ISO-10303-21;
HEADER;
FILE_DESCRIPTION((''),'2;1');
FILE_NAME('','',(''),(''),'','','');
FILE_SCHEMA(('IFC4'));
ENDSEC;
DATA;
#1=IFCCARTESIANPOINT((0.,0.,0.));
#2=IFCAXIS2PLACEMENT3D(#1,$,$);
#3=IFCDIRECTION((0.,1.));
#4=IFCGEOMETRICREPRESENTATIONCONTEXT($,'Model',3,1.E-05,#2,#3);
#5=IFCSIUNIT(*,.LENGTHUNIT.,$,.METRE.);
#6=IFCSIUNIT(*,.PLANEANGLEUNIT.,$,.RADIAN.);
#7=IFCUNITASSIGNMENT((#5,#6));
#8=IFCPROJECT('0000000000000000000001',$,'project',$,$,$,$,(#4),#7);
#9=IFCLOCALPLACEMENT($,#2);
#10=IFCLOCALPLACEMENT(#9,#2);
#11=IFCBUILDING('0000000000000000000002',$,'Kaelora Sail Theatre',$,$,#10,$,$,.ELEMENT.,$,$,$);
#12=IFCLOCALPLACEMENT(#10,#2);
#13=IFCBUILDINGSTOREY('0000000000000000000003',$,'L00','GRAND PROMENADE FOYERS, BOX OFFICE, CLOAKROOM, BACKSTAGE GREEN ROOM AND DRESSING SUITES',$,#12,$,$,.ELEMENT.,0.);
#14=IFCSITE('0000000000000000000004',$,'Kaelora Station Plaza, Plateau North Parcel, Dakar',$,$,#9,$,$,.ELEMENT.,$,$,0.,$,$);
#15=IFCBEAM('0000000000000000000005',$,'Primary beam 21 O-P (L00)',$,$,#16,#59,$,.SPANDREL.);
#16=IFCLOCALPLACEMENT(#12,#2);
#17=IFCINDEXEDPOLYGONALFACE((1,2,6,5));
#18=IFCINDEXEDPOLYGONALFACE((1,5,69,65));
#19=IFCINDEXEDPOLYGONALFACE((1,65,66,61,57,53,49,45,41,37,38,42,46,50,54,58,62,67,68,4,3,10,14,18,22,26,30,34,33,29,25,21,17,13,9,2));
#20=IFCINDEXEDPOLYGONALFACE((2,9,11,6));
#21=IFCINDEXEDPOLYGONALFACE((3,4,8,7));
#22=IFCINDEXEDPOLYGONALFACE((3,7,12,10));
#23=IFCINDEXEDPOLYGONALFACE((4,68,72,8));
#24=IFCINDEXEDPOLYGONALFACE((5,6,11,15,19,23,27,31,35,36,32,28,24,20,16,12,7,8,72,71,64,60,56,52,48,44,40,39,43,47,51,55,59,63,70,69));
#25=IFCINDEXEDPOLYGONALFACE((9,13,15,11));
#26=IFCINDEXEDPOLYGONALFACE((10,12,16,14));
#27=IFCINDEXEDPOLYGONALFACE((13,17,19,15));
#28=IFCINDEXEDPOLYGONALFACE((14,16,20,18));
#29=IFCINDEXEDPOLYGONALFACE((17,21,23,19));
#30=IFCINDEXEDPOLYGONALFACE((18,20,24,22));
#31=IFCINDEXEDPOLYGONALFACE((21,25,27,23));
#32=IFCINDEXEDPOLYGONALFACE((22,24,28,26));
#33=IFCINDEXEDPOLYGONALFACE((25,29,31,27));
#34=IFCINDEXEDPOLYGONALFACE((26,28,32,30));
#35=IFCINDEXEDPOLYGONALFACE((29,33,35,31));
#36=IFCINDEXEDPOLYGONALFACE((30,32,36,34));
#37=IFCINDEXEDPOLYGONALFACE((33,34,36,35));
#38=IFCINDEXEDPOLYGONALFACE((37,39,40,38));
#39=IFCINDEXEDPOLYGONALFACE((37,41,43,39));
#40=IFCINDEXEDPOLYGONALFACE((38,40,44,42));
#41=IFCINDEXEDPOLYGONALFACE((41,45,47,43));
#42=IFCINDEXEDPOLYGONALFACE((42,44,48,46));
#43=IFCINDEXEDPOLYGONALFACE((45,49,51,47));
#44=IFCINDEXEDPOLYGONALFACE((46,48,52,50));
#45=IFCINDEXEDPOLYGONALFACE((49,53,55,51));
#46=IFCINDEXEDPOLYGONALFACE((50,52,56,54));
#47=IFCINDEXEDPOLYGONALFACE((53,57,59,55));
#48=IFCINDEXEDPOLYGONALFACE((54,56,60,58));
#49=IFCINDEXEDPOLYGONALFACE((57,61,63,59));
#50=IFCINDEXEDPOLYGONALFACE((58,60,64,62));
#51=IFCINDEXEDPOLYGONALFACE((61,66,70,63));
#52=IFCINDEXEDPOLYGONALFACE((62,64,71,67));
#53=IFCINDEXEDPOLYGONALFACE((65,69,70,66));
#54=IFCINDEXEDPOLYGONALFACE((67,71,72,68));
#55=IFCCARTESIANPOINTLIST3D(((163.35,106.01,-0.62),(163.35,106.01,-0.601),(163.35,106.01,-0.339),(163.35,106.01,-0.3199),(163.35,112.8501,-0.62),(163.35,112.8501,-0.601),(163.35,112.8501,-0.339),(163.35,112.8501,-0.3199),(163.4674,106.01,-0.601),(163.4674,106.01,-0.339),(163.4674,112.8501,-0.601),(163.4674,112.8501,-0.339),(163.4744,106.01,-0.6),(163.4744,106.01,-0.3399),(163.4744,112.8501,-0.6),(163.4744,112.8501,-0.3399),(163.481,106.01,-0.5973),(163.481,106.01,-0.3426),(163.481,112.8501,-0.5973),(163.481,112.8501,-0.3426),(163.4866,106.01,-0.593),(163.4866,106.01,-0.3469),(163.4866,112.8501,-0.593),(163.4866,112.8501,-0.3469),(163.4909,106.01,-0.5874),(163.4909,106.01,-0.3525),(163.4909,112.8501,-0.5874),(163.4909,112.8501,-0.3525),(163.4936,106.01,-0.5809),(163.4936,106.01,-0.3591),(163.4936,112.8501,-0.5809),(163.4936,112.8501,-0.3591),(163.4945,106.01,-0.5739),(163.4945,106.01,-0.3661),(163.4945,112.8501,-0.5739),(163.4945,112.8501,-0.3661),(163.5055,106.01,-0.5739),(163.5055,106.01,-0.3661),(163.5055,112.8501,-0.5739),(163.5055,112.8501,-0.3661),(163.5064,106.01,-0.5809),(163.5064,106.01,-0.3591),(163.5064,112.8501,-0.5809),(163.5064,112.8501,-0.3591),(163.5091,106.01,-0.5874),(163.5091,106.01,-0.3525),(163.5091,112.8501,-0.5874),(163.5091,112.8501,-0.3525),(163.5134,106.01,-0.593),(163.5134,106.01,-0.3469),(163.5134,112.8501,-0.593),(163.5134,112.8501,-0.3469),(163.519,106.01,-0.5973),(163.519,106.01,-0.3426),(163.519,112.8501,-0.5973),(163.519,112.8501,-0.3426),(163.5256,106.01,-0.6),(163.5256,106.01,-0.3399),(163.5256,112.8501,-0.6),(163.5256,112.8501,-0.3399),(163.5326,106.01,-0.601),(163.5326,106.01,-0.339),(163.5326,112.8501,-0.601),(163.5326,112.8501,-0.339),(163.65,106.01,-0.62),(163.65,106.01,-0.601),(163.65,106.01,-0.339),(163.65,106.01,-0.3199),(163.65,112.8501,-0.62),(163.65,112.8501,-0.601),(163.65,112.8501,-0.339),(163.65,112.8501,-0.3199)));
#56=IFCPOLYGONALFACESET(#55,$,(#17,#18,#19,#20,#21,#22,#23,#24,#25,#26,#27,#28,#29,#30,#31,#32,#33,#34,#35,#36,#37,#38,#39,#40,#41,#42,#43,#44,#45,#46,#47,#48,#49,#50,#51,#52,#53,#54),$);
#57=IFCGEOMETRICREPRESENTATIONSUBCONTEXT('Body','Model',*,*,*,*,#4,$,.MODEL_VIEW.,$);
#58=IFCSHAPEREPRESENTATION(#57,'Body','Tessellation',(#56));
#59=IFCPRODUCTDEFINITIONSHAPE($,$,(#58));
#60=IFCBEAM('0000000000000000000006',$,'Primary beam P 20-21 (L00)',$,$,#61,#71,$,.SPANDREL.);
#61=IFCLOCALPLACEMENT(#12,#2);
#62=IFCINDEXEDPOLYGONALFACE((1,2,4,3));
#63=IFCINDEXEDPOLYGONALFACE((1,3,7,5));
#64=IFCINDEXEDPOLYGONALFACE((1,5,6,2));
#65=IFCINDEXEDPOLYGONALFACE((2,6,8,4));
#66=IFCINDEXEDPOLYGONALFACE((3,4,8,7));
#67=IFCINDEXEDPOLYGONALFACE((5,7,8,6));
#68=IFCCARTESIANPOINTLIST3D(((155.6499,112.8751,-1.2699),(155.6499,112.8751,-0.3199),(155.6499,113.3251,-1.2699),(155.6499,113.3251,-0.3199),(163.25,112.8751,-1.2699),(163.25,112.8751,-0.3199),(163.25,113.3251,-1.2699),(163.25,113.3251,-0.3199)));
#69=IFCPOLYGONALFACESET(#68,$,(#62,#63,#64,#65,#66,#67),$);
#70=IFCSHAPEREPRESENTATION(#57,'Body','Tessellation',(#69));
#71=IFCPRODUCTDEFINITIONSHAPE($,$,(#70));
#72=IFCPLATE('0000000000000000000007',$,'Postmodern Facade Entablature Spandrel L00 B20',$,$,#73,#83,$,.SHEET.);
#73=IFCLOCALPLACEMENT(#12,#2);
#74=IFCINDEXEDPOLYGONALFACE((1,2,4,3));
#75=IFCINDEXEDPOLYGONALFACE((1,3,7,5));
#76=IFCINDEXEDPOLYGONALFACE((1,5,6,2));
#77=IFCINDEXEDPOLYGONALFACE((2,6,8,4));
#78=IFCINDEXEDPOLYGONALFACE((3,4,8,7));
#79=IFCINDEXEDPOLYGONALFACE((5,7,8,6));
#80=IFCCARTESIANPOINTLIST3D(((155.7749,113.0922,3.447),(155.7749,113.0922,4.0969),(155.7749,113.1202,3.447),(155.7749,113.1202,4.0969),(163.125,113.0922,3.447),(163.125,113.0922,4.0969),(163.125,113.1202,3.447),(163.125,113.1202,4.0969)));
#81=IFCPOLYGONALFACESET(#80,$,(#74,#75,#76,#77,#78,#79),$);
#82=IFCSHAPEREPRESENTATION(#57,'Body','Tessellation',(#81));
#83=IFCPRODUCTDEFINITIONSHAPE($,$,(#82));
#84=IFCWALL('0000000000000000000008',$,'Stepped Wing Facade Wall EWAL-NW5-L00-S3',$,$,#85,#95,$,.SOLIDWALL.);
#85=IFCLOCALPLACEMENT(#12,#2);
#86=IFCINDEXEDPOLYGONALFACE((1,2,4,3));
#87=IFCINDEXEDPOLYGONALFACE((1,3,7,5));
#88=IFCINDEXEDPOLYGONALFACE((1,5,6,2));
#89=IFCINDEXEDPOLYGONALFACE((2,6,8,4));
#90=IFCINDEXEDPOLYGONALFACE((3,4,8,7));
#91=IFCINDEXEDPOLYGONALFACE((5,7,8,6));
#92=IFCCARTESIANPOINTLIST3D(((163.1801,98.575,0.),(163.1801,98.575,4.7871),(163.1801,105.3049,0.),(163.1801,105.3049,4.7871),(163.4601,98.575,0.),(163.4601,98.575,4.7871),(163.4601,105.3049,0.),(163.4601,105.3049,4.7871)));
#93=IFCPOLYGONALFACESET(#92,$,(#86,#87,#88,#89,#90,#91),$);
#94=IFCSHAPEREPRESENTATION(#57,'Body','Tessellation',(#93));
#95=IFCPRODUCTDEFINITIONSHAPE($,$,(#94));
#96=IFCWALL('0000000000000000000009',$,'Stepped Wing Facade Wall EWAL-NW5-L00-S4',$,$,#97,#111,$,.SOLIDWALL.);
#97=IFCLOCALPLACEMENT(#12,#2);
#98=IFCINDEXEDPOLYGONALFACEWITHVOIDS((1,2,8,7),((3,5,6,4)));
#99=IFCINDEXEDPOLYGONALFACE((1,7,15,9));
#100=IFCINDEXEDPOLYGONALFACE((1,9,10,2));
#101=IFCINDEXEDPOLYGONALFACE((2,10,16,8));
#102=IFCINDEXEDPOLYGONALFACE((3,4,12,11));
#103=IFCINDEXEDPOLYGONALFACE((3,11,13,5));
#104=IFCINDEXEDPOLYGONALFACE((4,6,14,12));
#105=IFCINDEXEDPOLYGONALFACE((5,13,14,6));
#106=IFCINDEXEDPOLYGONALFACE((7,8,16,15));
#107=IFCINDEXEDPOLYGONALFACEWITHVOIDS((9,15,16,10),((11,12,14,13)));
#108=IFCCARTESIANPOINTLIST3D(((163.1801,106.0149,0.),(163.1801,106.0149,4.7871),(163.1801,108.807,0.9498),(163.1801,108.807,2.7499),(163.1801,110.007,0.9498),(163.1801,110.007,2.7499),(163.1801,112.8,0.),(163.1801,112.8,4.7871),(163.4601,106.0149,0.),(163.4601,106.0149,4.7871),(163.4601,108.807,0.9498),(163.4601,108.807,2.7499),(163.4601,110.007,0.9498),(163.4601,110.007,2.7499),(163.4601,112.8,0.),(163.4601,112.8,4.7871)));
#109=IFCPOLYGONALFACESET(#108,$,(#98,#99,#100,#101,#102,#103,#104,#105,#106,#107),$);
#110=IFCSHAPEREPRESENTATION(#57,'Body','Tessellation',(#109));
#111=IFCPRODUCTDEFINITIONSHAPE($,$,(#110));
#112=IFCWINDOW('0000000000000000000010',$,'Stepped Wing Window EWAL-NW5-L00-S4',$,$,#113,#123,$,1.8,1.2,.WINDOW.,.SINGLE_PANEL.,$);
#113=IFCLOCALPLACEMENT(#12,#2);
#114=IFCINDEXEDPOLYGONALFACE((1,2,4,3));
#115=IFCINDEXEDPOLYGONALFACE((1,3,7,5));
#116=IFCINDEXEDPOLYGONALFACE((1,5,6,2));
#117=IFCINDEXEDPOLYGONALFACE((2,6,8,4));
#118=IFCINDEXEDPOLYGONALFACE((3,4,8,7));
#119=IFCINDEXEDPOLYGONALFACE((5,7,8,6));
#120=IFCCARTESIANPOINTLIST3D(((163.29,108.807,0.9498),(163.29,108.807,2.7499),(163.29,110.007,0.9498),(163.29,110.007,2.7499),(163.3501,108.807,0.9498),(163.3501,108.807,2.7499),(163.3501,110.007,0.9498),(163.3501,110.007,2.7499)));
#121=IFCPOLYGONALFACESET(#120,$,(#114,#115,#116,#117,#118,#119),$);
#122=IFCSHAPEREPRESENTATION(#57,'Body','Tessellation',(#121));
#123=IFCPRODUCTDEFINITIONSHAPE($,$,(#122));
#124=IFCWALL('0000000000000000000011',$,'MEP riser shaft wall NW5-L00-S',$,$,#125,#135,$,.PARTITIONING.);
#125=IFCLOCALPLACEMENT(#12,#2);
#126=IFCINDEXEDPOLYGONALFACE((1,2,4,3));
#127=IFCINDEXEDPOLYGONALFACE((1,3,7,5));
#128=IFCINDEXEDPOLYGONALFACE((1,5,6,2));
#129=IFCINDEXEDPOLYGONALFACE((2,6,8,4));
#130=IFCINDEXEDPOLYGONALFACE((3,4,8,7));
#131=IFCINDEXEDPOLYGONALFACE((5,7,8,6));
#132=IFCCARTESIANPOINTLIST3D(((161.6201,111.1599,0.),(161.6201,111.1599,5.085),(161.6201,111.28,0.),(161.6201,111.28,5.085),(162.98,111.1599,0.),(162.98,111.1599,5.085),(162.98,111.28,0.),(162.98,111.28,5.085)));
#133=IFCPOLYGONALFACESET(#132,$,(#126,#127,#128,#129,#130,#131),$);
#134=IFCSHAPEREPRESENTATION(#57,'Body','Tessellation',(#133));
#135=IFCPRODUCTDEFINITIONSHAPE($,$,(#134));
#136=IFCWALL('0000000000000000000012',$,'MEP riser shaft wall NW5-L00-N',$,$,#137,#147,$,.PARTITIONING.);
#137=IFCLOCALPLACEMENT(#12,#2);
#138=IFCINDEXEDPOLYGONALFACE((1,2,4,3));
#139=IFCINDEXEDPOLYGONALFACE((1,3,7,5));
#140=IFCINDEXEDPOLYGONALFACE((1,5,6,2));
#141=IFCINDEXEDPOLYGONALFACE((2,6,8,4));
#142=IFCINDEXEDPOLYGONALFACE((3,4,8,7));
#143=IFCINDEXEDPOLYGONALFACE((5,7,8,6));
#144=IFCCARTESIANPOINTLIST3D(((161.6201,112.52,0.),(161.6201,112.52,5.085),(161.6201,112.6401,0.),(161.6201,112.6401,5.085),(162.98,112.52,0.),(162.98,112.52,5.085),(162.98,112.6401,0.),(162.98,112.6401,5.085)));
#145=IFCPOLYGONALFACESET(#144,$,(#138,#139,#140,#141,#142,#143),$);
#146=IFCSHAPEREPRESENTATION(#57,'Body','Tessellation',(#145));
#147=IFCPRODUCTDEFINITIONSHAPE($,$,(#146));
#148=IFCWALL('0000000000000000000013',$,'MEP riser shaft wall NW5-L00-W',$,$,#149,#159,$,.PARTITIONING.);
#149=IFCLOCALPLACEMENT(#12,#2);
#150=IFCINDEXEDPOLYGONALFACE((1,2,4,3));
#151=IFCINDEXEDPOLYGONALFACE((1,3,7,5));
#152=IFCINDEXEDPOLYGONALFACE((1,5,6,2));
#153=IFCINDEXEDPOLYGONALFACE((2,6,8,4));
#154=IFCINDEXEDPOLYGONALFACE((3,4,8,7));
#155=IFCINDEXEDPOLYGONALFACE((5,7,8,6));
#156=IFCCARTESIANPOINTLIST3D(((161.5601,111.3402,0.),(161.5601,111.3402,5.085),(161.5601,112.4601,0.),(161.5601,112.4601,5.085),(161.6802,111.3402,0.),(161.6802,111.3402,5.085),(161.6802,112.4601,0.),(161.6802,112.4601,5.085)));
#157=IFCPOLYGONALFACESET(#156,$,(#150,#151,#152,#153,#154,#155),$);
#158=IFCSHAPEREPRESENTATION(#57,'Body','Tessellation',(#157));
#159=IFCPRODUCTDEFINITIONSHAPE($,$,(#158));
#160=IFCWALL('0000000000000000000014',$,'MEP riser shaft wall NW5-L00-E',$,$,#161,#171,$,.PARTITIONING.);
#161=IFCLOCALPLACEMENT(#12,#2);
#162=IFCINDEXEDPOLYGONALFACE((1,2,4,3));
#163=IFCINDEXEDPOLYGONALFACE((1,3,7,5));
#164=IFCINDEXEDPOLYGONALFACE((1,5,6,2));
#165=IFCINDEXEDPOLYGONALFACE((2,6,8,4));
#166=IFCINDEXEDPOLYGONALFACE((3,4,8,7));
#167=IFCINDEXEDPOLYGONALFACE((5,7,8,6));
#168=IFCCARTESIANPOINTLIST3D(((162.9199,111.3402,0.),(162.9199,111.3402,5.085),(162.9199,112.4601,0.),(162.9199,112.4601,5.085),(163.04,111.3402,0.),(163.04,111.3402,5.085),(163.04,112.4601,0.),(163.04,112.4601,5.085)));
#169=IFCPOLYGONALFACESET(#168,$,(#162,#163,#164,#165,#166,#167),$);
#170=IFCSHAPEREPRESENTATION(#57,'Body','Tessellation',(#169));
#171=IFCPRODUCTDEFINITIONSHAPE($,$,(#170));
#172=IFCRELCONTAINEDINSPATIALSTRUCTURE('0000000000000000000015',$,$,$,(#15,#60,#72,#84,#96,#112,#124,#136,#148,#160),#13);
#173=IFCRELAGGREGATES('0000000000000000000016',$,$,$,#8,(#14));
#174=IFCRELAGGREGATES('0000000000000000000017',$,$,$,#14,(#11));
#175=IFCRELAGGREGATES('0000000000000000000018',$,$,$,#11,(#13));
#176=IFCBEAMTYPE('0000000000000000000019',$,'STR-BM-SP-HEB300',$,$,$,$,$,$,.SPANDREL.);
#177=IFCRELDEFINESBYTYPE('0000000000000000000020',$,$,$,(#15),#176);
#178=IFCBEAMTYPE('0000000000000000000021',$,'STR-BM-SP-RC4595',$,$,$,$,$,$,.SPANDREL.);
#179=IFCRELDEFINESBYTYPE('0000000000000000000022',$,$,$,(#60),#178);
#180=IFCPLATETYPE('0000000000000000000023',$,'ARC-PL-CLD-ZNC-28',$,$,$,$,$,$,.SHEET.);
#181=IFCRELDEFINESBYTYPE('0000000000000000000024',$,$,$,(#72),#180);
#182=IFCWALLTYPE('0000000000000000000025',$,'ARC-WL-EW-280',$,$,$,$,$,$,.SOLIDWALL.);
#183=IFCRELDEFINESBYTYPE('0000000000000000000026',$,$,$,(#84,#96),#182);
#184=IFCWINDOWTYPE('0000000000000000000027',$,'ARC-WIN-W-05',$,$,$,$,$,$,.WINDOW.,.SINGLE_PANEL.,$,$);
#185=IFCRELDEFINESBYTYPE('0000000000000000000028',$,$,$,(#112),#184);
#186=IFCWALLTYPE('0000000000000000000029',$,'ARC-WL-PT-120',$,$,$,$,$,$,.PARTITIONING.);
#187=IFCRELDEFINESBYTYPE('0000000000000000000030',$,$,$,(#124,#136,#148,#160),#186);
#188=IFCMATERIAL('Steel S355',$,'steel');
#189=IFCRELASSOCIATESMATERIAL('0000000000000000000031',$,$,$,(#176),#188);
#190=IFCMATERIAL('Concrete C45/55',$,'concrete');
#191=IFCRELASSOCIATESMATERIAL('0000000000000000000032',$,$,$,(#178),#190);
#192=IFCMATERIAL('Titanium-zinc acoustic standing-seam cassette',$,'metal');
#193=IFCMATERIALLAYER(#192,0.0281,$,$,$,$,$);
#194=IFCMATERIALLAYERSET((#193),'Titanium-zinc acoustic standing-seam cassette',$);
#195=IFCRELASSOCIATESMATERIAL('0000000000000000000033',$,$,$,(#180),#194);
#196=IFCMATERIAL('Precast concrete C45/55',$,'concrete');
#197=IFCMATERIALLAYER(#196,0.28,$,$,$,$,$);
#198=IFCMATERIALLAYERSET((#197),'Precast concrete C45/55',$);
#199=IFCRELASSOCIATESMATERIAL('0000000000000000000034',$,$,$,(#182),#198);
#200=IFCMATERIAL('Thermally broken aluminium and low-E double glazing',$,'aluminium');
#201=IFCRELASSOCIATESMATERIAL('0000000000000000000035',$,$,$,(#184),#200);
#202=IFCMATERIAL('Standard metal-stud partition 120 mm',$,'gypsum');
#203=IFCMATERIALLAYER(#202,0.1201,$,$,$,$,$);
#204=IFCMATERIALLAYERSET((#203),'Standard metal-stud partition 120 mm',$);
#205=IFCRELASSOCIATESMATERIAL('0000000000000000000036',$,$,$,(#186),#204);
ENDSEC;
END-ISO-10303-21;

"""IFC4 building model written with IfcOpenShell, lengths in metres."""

from ifc_helpers import new_model, si_unit, direction, frame, frame_2d, origin, origin_2d, place, context, subcontext, project, spatial, rectangle, i_section, extrude, material, layer, layer_set, material_profile, profile_set, type_object, element, fill, save


model = new_model("IFC4")

# Units and contexts
model_context = context("Model", 3, precision=1e-05, world=origin(), true_north=direction((0.0, 1.0)))
body_context = subcontext(model_context, "Body", "Model", "MODEL_VIEW")
ifc_project = project(units=[si_unit("LENGTHUNIT", "METRE"), si_unit("PLANEANGLEUNIT", "RADIAN")], contexts=[model_context])

# Site, building, storey
site_placement = place(None, origin())
site = spatial("IfcSite", under=ifc_project, at=site_placement, Name="Kaelora Station Plaza, Plateau North Parcel, Dakar", CompositionType="ELEMENT", RefElevation=0.0)
building_placement = place(site_placement, origin())
building = spatial("IfcBuilding", under=site, at=building_placement, Name="Kaelora Sail Theatre", CompositionType="ELEMENT")
storey_placement = place(building_placement, origin())
storey = spatial("IfcBuildingStorey", under=building, at=storey_placement, Name="L00", Description="GRAND PROMENADE FOYERS, BOX OFFICE, CLOAKROOM, BACKSTAGE GREEN ROOM AND DRESSING SUITES", CompositionType="ELEMENT", Elevation=0.0)

# Beams
ifc_material_1 = material(Name="Steel S355", Category="steel")
ifc_material_profile_1 = material_profile(ifc_material_1, i_section(OverallWidth=0.3, OverallDepth=0.3, WebThickness=0.011, FlangeThickness=0.019, FilletRadius=0.0271, at=origin_2d()), Name="HEB 300")
ifc_profile_set_1 = profile_set([ifc_material_profile_1], Name="Steel S355")
beam_type_1 = type_object("IfcBeamType", Name="STR-BM-SP-HEB300", PredefinedType="SPANDREL", material=ifc_profile_set_1)
beam_1_placement = place(storey_placement, frame((163.5, 106.01, -0.47), z_axis=(0.0, 1.0, 0.0), x_axis=(-1.0, 0.0, 0.0)))
element("IfcBeam", 1, at=beam_1_placement, inside=storey, type_object=beam_type_1, Name="Primary beam 21 O-P (L00)", PredefinedType="SPANDREL", context=body_context, shape_type="SweptSolid", body=[
    extrude(i_section(OverallWidth=0.3, OverallDepth=0.3, WebThickness=0.011, FlangeThickness=0.019, FilletRadius=0.0271, at=origin_2d()), origin(), (0.0, 0.0, 1.0), 6.8401),
])
ifc_material_2 = material(Name="Concrete C45/55", Category="concrete")
ifc_material_profile_2 = material_profile(ifc_material_2, rectangle(XDim=0.45, YDim=0.95, at=origin_2d()), Name="RC-SPN 450x950")
ifc_profile_set_2 = profile_set([ifc_material_profile_2], Name="Concrete C45/55")
beam_type_2 = type_object("IfcBeamType", Name="STR-BM-SP-RC4595", PredefinedType="SPANDREL", material=ifc_profile_set_2)
beam_2_placement = place(storey_placement, frame((155.6499, 113.1001, -0.7949), z_axis=(1.0, 0.0, 0.0), x_axis=(0.0, 1.0, 0.0)))
element("IfcBeam", 2, at=beam_2_placement, inside=storey, type_object=beam_type_2, Name="Primary beam P 20-21 (L00)", PredefinedType="SPANDREL", context=body_context, shape_type="SweptSolid", body=[
    extrude(rectangle(XDim=0.45, YDim=0.95, at=origin_2d()), origin(), (0.0, 0.0, 1.0), 7.6001),
])

# Plate
ifc_material_3 = material(Name="Titanium-zinc acoustic standing-seam cassette", Category="metal")
ifc_layer_1 = layer(ifc_material_3, 0.0281)
ifc_layer_set_1 = layer_set([ifc_layer_1], Name="Titanium-zinc acoustic standing-seam cassette")
plate_type = type_object("IfcPlateType", Name="ARC-PL-CLD-ZNC-28", PredefinedType="SHEET", material=ifc_layer_set_1)
plate_placement = place(storey_placement, frame((159.45, 113.1062, 3.447), z_axis=(0.0, 0.0, 1.0), x_axis=(1.0, 0.0, 0.0)))
element("IfcPlate", 3, at=plate_placement, inside=storey, type_object=plate_type, Name="Postmodern Facade Entablature Spandrel L00 B20", PredefinedType="SHEET", context=body_context, shape_type="SweptSolid", body=[
    extrude(rectangle(XDim=7.3501, YDim=0.0281, at=origin_2d()), origin(), (0.0, 0.0, 1.0), 0.6499),
])

# Wall
ifc_material_4 = material(Name="Precast concrete C45/55", Category="concrete")
ifc_layer_2 = layer(ifc_material_4, 0.28)
ifc_layer_set_2 = layer_set([ifc_layer_2], Name="Precast concrete C45/55")
wall_type_1 = type_object("IfcWallType", Name="ARC-WL-EW-280", PredefinedType="SOLIDWALL", material=ifc_layer_set_2)
wall_1_placement = place(storey_placement, frame((163.3201, 98.575, 0.0), z_axis=(0.0, 0.0, 1.0), x_axis=(0.0, 1.0, 0.0)))
element("IfcWall", 4, at=wall_1_placement, inside=storey, type_object=wall_type_1, Name="Stepped Wing Facade Wall EWAL-NW5-L00-S3", PredefinedType="SOLIDWALL", context=body_context, shape_type="SweptSolid", body=[
    extrude(rectangle(XDim=6.73, YDim=0.28, at=frame_2d((3.365, 0.0))), origin(), (0.0, 0.0, 1.0), 4.7871),
])

# Wall, opening, window
wall_2_placement = place(storey_placement, frame((163.3201, 106.0149, 0.0), z_axis=(0.0, 0.0, 1.0), x_axis=(0.0, 1.0, 0.0)))
wall_2 = element("IfcWall", 5, at=wall_2_placement, inside=storey, type_object=wall_type_1, Name="Stepped Wing Facade Wall EWAL-NW5-L00-S4", PredefinedType="SOLIDWALL", context=body_context, shape_type="SweptSolid", body=[
    extrude(rectangle(XDim=6.7852, YDim=0.28, at=frame_2d((3.3926, 0.0))), origin(), (0.0, 0.0, 1.0), 4.7871),
])
opening_1_placement = place(wall_2_placement, frame((2.792, 0.0, 0.95)))
opening_1 = element("IfcOpeningElement", 6, at=opening_1_placement, cuts=wall_2, PredefinedType="OPENING", context=body_context, shape_type="SweptSolid", body=[
    extrude(rectangle(XDim=1.2, YDim=1.8, at=frame_2d((0.6001, 0.8999))), frame((0.0, 0.1501, 0.0), z_axis=(0.0, -1.0, 0.0), x_axis=(1.0, 0.0, 0.0)), (0.0, 0.0, 1.0), 0.3),
])
ifc_material_5 = material(Name="Thermally broken aluminium and low-E double glazing", Category="aluminium")
window_type = type_object("IfcWindowType", Name="ARC-WIN-W-05", PartitioningType="SINGLE_PANEL", PredefinedType="WINDOW", material=ifc_material_5)
window_placement = place(opening_1_placement, origin())
window = element("IfcWindow", 7, at=window_placement, inside=storey, type_object=window_type, Name="Stepped Wing Window EWAL-NW5-L00-S4", OverallHeight=1.8, OverallWidth=1.2, PartitioningType="SINGLE_PANEL", PredefinedType="WINDOW", context=body_context, shape_type="SweptSolid", body=[
    extrude(rectangle(XDim=1.2, YDim=1.8, at=frame_2d((0.6001, 0.8999))), frame((0.0, 0.03, 0.0), z_axis=(0.0, -1.0, 0.0), x_axis=(1.0, 0.0, 0.0)), (0.0, 0.0, 1.0), 0.0601),
])
fill(opening_1, window)

# Walls
ifc_material_6 = material(Name="Standard metal-stud partition 120 mm", Category="gypsum")
ifc_layer_3 = layer(ifc_material_6, 0.1201)
ifc_layer_set_3 = layer_set([ifc_layer_3], Name="Standard metal-stud partition 120 mm")
wall_type_2 = type_object("IfcWallType", Name="ARC-WL-PT-120", PredefinedType="PARTITIONING", material=ifc_layer_set_3)
for number, where, z_axis, x_axis, name in (
    (8, (161.6201, 111.22, 0.0), (0.0, 0.0, 1.0), (1.0, 0.0, 0.0), "MEP riser shaft wall NW5-L00-S"),
    (9, (161.6201, 112.5801, 0.0), (0.0, 0.0, 1.0), (1.0, 0.0, 0.0), "MEP riser shaft wall NW5-L00-N"),
):
    element("IfcWall", number, at=place(storey_placement, frame(where, z_axis=z_axis, x_axis=x_axis)), inside=storey, type_object=wall_type_2, Name=name, PredefinedType="PARTITIONING", context=body_context, shape_type="SweptSolid", body=[
        extrude(rectangle(XDim=1.3599, YDim=0.1201, at=frame_2d((0.6799, 0.0))), origin(), (0.0, 0.0, 1.0), 5.085),
    ])
for number, where, z_axis, x_axis, name in (
    (10, (161.6201, 111.3401, 0.0), (0.0, 0.0, 1.0), (0.0, 1.0, 0.0), "MEP riser shaft wall NW5-L00-W"),
    (11, (162.98, 111.3401, 0.0), (0.0, 0.0, 1.0), (0.0, 1.0, 0.0), "MEP riser shaft wall NW5-L00-E"),
):
    element("IfcWall", number, at=place(storey_placement, frame(where, z_axis=z_axis, x_axis=x_axis)), inside=storey, type_object=wall_type_2, Name=name, PredefinedType="PARTITIONING", context=body_context, shape_type="SweptSolid", body=[
        extrude(rectangle(XDim=1.1199, YDim=0.1201, at=frame_2d((0.5601, 0.0))), origin(), (0.0, 0.0, 1.0), 5.085),
    ])

save(model, "model.ifc")
